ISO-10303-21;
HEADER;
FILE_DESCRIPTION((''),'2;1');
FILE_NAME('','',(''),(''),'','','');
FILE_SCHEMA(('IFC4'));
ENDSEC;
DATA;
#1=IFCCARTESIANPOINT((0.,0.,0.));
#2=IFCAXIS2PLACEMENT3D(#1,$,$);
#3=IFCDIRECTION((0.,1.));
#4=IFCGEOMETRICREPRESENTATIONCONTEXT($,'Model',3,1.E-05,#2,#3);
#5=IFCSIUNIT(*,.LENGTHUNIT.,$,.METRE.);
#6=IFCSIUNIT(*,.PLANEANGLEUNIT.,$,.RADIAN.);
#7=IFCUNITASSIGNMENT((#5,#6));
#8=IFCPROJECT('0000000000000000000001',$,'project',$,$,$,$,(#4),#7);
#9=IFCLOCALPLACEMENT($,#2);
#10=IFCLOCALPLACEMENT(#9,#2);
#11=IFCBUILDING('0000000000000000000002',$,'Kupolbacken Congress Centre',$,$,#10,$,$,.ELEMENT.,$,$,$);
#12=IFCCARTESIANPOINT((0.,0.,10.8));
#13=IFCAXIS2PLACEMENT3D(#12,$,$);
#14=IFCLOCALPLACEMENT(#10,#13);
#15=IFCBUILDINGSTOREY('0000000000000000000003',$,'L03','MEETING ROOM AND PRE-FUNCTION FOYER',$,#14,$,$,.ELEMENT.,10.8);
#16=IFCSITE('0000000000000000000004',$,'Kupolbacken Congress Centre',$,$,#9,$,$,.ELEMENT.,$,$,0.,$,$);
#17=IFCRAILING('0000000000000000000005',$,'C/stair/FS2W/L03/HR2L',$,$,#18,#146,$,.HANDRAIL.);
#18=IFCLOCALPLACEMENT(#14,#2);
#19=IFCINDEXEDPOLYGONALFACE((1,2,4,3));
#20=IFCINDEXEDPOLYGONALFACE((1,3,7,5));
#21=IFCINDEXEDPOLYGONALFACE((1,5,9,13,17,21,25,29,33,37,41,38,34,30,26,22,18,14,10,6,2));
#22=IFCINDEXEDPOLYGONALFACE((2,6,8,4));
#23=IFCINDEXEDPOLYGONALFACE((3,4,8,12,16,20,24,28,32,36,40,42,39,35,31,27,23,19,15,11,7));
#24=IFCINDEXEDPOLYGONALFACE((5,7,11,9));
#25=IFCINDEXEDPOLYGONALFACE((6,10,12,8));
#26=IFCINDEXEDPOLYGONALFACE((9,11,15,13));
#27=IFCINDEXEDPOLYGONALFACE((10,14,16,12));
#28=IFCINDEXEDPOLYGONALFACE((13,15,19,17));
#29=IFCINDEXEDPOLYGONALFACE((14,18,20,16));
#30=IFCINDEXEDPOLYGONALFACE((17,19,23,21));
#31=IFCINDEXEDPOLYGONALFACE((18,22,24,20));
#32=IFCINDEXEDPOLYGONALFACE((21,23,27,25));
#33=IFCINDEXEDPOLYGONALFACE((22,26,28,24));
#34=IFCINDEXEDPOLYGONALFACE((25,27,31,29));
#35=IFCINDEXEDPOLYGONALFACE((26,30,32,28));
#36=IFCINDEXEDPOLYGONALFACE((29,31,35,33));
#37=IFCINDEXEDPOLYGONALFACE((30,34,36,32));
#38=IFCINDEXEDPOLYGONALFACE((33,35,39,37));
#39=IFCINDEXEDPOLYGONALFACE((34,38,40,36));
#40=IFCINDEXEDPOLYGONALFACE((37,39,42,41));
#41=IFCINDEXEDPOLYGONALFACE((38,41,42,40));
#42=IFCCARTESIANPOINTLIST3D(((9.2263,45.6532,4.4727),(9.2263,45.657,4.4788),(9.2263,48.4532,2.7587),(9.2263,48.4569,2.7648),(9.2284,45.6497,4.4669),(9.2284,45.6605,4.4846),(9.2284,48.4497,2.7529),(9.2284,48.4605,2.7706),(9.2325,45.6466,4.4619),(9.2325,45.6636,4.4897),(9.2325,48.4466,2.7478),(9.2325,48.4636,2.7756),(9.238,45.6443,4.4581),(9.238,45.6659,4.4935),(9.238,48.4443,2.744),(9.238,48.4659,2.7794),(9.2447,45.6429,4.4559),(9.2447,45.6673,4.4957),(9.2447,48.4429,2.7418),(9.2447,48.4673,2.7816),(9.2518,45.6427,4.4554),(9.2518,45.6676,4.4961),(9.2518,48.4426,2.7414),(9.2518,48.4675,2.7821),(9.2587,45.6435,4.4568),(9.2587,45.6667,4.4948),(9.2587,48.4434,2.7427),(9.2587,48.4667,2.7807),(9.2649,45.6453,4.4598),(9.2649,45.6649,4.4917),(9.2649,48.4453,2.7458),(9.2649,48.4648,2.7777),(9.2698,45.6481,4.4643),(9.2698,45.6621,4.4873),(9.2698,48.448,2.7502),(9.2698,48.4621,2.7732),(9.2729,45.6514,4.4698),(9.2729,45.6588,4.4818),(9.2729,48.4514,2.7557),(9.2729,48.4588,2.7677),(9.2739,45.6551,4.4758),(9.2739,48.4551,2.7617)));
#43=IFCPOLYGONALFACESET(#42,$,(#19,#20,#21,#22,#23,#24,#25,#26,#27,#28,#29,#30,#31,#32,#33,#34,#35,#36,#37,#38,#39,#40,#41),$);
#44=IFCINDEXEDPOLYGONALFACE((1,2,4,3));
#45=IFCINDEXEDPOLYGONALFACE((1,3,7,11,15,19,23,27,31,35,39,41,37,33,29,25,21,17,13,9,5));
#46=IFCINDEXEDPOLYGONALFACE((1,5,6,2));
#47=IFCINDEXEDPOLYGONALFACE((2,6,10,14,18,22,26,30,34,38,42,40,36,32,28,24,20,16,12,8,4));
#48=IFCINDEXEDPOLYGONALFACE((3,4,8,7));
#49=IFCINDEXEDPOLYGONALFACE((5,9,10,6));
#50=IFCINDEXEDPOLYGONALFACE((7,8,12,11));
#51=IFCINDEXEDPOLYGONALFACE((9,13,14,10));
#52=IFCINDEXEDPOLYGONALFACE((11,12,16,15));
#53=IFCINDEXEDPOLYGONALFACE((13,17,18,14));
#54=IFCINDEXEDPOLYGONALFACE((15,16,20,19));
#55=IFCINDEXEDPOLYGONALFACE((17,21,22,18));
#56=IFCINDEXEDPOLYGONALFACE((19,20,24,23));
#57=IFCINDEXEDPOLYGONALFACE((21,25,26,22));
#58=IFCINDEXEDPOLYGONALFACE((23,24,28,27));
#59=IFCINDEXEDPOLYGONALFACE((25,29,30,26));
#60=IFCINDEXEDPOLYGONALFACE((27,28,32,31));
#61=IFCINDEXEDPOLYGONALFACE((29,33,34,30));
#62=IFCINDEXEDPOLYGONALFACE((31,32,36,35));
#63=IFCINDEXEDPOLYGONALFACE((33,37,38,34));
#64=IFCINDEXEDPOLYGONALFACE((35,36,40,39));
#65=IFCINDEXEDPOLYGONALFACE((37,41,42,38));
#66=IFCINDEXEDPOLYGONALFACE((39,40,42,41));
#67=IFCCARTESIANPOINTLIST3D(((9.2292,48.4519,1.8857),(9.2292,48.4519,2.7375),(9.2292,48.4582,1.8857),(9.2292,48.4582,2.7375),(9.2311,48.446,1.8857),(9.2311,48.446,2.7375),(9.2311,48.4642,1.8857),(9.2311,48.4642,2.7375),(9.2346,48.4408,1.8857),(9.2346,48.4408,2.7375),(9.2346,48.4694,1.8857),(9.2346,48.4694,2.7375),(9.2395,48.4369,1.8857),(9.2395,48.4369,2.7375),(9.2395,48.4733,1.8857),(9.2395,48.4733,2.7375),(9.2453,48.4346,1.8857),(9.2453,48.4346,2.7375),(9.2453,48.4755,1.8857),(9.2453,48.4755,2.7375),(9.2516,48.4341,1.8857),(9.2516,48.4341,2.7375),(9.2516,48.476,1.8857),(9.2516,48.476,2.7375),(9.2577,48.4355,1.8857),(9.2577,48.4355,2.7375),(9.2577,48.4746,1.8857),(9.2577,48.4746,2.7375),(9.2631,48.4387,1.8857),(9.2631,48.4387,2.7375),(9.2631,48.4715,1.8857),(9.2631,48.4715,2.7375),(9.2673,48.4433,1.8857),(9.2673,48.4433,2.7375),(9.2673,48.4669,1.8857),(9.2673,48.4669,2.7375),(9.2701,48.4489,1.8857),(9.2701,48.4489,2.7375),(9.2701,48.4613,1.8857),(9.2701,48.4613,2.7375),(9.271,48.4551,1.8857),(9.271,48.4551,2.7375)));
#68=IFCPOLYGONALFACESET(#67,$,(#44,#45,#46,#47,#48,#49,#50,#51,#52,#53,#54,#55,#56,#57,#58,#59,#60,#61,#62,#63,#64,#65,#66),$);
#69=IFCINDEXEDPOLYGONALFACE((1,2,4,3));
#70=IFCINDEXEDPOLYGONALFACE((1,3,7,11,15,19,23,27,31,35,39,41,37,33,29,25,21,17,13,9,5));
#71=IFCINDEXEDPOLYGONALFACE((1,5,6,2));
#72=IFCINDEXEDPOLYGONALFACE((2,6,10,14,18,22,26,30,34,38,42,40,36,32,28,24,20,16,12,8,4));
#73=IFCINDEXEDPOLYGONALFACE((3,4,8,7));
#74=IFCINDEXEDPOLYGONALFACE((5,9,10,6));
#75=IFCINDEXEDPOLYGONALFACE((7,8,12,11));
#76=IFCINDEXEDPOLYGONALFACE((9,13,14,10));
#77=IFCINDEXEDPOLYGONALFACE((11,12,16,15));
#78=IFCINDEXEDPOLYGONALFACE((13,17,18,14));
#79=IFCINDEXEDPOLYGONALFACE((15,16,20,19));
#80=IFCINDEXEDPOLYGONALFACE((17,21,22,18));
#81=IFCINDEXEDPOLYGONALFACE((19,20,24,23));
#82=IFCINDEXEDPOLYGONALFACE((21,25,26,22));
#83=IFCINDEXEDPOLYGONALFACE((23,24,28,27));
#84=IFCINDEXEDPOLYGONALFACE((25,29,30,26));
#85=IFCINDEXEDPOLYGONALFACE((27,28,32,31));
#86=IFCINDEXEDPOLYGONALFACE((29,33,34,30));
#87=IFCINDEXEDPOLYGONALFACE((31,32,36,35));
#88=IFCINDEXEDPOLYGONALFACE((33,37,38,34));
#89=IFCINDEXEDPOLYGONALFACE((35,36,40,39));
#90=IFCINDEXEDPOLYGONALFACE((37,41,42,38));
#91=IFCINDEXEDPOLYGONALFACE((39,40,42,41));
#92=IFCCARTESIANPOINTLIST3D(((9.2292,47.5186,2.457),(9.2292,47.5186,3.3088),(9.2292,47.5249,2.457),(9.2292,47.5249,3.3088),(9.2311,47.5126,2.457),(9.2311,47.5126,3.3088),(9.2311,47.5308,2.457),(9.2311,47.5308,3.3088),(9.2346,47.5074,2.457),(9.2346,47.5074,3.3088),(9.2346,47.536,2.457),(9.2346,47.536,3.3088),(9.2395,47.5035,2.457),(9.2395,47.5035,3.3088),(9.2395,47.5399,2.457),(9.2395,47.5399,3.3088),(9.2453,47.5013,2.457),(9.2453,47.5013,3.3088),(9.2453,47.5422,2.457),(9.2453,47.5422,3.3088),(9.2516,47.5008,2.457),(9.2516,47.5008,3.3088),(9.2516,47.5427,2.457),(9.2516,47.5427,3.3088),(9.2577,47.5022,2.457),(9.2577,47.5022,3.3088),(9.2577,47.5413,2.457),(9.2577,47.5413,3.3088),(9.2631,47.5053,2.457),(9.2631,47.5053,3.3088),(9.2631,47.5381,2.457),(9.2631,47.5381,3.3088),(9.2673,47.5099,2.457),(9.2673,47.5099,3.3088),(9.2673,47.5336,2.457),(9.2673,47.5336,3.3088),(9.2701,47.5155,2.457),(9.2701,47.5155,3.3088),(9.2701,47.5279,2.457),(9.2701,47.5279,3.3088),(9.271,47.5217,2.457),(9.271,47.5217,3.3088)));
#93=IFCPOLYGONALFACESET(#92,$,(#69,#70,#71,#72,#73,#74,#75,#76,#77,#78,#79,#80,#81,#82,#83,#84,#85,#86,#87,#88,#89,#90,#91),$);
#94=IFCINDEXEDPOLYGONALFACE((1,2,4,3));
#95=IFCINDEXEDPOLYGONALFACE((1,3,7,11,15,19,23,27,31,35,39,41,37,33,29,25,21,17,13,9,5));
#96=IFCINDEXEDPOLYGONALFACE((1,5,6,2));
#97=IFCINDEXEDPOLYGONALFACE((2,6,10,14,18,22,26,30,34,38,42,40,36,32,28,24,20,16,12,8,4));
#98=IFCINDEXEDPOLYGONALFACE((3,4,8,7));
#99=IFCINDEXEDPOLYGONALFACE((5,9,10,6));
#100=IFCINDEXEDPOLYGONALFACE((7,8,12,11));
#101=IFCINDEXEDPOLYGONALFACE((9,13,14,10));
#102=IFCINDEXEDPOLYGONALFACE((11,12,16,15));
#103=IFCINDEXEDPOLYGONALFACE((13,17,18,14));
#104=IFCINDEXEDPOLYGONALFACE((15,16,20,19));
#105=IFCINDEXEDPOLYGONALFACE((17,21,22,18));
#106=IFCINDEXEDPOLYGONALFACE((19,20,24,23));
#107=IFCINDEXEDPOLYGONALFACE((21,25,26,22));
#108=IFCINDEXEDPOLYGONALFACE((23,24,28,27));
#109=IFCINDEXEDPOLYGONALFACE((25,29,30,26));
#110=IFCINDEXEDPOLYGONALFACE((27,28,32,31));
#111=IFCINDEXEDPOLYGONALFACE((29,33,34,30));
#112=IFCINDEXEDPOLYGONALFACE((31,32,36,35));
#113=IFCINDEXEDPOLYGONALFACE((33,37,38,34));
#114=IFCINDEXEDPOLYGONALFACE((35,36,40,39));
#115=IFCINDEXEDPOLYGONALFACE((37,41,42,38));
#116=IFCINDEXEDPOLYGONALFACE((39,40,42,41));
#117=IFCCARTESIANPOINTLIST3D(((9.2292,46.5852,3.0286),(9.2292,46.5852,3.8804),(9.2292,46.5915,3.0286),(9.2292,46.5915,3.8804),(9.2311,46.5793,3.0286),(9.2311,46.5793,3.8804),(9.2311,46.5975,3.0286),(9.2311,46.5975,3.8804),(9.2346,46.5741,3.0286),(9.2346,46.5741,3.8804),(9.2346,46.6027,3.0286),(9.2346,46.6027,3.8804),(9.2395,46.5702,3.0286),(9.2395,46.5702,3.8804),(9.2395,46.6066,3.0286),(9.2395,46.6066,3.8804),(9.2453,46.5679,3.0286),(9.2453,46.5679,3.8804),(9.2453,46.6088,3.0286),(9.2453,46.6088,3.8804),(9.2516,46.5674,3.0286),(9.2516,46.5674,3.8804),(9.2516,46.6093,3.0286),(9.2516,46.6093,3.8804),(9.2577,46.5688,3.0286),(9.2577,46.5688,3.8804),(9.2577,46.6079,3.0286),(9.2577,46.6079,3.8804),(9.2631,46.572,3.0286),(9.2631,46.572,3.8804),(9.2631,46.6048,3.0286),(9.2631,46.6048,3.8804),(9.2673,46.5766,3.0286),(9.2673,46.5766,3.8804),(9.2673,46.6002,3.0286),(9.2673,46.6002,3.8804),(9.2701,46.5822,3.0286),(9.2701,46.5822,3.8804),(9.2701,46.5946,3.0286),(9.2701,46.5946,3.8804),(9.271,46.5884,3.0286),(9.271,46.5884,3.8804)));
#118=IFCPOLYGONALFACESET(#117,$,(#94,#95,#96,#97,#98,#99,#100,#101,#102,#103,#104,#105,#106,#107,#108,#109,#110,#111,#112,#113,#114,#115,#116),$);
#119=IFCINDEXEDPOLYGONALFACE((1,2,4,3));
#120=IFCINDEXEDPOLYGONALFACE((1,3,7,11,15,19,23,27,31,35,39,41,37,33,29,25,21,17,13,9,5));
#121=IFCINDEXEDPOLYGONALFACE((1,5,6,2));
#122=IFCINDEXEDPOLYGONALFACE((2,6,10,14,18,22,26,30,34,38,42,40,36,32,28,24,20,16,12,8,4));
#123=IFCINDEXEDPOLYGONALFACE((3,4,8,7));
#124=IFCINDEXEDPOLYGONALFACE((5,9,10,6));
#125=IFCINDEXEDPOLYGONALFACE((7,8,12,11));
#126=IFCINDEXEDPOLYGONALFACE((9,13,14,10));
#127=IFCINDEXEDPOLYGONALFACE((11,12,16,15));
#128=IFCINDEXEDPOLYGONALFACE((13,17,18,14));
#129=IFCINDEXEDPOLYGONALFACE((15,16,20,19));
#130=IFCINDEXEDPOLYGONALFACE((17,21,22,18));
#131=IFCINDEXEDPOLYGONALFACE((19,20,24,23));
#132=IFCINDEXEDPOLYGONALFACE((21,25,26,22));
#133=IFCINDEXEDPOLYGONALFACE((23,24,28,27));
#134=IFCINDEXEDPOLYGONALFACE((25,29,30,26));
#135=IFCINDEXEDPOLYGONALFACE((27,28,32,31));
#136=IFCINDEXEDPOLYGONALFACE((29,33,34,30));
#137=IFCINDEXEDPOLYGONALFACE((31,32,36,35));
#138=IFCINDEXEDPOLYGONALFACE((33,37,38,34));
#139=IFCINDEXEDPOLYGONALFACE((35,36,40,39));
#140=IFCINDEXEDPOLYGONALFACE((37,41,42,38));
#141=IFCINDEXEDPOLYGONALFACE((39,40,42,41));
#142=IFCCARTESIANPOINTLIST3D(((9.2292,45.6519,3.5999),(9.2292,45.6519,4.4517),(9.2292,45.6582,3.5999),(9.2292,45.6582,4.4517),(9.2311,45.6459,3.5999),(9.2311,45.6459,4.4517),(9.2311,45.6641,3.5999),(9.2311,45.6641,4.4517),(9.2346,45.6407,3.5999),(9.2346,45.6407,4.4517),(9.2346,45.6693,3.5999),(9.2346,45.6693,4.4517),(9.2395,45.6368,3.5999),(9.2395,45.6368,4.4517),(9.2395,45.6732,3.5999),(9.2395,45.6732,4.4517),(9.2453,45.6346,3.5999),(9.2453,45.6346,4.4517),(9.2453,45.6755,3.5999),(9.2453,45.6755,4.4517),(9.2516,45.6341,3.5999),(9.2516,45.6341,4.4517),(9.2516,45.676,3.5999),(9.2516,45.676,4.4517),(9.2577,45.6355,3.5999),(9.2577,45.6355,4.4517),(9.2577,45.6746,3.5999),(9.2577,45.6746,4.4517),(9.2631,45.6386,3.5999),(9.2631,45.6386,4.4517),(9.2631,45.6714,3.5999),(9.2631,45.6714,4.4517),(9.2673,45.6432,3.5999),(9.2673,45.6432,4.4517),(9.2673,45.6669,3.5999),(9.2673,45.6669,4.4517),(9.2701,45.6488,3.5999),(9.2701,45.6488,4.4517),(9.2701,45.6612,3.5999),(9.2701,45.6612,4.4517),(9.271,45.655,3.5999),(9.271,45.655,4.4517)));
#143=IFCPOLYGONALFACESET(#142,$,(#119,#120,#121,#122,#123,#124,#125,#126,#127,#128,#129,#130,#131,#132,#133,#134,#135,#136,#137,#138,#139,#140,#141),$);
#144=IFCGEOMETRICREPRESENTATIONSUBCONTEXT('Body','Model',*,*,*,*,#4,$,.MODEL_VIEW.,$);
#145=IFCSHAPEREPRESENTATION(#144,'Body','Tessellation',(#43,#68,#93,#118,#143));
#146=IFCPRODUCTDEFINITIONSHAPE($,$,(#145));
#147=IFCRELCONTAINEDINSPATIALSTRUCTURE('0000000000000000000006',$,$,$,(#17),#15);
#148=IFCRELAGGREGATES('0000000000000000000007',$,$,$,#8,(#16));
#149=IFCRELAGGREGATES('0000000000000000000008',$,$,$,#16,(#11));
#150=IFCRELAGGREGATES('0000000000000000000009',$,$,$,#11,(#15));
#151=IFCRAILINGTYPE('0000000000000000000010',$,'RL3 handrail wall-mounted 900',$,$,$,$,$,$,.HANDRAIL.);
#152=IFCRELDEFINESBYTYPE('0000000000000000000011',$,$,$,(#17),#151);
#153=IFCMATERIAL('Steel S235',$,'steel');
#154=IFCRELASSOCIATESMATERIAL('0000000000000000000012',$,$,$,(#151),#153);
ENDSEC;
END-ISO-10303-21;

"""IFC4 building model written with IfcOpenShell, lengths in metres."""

from ifc_helpers import new_model, si_unit, direction, frame, origin, origin_2d, place, context, subcontext, project, spatial, circle, extrude, material, type_object, element, save


model = new_model("IFC4")

# Units and contexts
model_context = context("Model", 3, precision=1e-05, world=origin(), true_north=direction((0.0, 1.0)))
body_context = subcontext(model_context, "Body", "Model", "MODEL_VIEW")
ifc_project = project(units=[si_unit("LENGTHUNIT", "METRE"), si_unit("PLANEANGLEUNIT", "RADIAN")], contexts=[model_context])

# Site, building, storey
site_placement = place(None, origin())
site = spatial("IfcSite", under=ifc_project, at=site_placement, Name="Kupolbacken Congress Centre", CompositionType="ELEMENT", RefElevation=0.0)
building_placement = place(site_placement, origin())
building = spatial("IfcBuilding", under=site, at=building_placement, Name="Kupolbacken Congress Centre", CompositionType="ELEMENT")
storey_placement = place(building_placement, frame((0.0, 0.0, 10.8)))
storey = spatial("IfcBuildingStorey", under=building, at=storey_placement, Name="L03", Description="MEETING ROOM AND PRE-FUNCTION FOYER", CompositionType="ELEMENT", Elevation=10.8)

# Railing
ifc_material_1 = material(Name="Steel S235", Category="steel")
railing_type = type_object("IfcRailingType", Name="RL3 handrail wall-mounted 900", PredefinedType="HANDRAIL", material=ifc_material_1)
for number, where, name in (
    (1, (9.25, 48.4551, 1.8857), "C/stair/FS2W/L03/HR2L"),
):
    element("IfcRailing", number, at=place(storey_placement, frame(where)), inside=storey, type_object=railing_type, Name=name, PredefinedType="HANDRAIL", context=body_context, shape_type="SweptSolid", body=[
        extrude(circle(Radius=0.0239, at=origin_2d()), frame((0.0, 0.0, 0.876), z_axis=(0.0, -0.852879, 0.522109), x_axis=(1.0, 0.0, 0.0)), (0.0, 0.0, 1.0), 3.283),
        extrude(circle(Radius=0.021, at=origin_2d()), origin(), (0.0, 0.0, 1.0), 0.8518),
        extrude(circle(Radius=0.021, at=origin_2d()), frame((0.0, -0.9333, 0.5713)), (0.0, 0.0, 1.0), 0.8518),
        extrude(circle(Radius=0.021, at=origin_2d()), frame((0.0, -1.8667, 1.1428)), (0.0, 0.0, 1.0), 0.8518),
        extrude(circle(Radius=0.021, at=origin_2d()), frame((0.0, -2.8, 1.7141)), (0.0, 0.0, 1.0), 0.8518),
    ])

save(model, "model.ifc")
